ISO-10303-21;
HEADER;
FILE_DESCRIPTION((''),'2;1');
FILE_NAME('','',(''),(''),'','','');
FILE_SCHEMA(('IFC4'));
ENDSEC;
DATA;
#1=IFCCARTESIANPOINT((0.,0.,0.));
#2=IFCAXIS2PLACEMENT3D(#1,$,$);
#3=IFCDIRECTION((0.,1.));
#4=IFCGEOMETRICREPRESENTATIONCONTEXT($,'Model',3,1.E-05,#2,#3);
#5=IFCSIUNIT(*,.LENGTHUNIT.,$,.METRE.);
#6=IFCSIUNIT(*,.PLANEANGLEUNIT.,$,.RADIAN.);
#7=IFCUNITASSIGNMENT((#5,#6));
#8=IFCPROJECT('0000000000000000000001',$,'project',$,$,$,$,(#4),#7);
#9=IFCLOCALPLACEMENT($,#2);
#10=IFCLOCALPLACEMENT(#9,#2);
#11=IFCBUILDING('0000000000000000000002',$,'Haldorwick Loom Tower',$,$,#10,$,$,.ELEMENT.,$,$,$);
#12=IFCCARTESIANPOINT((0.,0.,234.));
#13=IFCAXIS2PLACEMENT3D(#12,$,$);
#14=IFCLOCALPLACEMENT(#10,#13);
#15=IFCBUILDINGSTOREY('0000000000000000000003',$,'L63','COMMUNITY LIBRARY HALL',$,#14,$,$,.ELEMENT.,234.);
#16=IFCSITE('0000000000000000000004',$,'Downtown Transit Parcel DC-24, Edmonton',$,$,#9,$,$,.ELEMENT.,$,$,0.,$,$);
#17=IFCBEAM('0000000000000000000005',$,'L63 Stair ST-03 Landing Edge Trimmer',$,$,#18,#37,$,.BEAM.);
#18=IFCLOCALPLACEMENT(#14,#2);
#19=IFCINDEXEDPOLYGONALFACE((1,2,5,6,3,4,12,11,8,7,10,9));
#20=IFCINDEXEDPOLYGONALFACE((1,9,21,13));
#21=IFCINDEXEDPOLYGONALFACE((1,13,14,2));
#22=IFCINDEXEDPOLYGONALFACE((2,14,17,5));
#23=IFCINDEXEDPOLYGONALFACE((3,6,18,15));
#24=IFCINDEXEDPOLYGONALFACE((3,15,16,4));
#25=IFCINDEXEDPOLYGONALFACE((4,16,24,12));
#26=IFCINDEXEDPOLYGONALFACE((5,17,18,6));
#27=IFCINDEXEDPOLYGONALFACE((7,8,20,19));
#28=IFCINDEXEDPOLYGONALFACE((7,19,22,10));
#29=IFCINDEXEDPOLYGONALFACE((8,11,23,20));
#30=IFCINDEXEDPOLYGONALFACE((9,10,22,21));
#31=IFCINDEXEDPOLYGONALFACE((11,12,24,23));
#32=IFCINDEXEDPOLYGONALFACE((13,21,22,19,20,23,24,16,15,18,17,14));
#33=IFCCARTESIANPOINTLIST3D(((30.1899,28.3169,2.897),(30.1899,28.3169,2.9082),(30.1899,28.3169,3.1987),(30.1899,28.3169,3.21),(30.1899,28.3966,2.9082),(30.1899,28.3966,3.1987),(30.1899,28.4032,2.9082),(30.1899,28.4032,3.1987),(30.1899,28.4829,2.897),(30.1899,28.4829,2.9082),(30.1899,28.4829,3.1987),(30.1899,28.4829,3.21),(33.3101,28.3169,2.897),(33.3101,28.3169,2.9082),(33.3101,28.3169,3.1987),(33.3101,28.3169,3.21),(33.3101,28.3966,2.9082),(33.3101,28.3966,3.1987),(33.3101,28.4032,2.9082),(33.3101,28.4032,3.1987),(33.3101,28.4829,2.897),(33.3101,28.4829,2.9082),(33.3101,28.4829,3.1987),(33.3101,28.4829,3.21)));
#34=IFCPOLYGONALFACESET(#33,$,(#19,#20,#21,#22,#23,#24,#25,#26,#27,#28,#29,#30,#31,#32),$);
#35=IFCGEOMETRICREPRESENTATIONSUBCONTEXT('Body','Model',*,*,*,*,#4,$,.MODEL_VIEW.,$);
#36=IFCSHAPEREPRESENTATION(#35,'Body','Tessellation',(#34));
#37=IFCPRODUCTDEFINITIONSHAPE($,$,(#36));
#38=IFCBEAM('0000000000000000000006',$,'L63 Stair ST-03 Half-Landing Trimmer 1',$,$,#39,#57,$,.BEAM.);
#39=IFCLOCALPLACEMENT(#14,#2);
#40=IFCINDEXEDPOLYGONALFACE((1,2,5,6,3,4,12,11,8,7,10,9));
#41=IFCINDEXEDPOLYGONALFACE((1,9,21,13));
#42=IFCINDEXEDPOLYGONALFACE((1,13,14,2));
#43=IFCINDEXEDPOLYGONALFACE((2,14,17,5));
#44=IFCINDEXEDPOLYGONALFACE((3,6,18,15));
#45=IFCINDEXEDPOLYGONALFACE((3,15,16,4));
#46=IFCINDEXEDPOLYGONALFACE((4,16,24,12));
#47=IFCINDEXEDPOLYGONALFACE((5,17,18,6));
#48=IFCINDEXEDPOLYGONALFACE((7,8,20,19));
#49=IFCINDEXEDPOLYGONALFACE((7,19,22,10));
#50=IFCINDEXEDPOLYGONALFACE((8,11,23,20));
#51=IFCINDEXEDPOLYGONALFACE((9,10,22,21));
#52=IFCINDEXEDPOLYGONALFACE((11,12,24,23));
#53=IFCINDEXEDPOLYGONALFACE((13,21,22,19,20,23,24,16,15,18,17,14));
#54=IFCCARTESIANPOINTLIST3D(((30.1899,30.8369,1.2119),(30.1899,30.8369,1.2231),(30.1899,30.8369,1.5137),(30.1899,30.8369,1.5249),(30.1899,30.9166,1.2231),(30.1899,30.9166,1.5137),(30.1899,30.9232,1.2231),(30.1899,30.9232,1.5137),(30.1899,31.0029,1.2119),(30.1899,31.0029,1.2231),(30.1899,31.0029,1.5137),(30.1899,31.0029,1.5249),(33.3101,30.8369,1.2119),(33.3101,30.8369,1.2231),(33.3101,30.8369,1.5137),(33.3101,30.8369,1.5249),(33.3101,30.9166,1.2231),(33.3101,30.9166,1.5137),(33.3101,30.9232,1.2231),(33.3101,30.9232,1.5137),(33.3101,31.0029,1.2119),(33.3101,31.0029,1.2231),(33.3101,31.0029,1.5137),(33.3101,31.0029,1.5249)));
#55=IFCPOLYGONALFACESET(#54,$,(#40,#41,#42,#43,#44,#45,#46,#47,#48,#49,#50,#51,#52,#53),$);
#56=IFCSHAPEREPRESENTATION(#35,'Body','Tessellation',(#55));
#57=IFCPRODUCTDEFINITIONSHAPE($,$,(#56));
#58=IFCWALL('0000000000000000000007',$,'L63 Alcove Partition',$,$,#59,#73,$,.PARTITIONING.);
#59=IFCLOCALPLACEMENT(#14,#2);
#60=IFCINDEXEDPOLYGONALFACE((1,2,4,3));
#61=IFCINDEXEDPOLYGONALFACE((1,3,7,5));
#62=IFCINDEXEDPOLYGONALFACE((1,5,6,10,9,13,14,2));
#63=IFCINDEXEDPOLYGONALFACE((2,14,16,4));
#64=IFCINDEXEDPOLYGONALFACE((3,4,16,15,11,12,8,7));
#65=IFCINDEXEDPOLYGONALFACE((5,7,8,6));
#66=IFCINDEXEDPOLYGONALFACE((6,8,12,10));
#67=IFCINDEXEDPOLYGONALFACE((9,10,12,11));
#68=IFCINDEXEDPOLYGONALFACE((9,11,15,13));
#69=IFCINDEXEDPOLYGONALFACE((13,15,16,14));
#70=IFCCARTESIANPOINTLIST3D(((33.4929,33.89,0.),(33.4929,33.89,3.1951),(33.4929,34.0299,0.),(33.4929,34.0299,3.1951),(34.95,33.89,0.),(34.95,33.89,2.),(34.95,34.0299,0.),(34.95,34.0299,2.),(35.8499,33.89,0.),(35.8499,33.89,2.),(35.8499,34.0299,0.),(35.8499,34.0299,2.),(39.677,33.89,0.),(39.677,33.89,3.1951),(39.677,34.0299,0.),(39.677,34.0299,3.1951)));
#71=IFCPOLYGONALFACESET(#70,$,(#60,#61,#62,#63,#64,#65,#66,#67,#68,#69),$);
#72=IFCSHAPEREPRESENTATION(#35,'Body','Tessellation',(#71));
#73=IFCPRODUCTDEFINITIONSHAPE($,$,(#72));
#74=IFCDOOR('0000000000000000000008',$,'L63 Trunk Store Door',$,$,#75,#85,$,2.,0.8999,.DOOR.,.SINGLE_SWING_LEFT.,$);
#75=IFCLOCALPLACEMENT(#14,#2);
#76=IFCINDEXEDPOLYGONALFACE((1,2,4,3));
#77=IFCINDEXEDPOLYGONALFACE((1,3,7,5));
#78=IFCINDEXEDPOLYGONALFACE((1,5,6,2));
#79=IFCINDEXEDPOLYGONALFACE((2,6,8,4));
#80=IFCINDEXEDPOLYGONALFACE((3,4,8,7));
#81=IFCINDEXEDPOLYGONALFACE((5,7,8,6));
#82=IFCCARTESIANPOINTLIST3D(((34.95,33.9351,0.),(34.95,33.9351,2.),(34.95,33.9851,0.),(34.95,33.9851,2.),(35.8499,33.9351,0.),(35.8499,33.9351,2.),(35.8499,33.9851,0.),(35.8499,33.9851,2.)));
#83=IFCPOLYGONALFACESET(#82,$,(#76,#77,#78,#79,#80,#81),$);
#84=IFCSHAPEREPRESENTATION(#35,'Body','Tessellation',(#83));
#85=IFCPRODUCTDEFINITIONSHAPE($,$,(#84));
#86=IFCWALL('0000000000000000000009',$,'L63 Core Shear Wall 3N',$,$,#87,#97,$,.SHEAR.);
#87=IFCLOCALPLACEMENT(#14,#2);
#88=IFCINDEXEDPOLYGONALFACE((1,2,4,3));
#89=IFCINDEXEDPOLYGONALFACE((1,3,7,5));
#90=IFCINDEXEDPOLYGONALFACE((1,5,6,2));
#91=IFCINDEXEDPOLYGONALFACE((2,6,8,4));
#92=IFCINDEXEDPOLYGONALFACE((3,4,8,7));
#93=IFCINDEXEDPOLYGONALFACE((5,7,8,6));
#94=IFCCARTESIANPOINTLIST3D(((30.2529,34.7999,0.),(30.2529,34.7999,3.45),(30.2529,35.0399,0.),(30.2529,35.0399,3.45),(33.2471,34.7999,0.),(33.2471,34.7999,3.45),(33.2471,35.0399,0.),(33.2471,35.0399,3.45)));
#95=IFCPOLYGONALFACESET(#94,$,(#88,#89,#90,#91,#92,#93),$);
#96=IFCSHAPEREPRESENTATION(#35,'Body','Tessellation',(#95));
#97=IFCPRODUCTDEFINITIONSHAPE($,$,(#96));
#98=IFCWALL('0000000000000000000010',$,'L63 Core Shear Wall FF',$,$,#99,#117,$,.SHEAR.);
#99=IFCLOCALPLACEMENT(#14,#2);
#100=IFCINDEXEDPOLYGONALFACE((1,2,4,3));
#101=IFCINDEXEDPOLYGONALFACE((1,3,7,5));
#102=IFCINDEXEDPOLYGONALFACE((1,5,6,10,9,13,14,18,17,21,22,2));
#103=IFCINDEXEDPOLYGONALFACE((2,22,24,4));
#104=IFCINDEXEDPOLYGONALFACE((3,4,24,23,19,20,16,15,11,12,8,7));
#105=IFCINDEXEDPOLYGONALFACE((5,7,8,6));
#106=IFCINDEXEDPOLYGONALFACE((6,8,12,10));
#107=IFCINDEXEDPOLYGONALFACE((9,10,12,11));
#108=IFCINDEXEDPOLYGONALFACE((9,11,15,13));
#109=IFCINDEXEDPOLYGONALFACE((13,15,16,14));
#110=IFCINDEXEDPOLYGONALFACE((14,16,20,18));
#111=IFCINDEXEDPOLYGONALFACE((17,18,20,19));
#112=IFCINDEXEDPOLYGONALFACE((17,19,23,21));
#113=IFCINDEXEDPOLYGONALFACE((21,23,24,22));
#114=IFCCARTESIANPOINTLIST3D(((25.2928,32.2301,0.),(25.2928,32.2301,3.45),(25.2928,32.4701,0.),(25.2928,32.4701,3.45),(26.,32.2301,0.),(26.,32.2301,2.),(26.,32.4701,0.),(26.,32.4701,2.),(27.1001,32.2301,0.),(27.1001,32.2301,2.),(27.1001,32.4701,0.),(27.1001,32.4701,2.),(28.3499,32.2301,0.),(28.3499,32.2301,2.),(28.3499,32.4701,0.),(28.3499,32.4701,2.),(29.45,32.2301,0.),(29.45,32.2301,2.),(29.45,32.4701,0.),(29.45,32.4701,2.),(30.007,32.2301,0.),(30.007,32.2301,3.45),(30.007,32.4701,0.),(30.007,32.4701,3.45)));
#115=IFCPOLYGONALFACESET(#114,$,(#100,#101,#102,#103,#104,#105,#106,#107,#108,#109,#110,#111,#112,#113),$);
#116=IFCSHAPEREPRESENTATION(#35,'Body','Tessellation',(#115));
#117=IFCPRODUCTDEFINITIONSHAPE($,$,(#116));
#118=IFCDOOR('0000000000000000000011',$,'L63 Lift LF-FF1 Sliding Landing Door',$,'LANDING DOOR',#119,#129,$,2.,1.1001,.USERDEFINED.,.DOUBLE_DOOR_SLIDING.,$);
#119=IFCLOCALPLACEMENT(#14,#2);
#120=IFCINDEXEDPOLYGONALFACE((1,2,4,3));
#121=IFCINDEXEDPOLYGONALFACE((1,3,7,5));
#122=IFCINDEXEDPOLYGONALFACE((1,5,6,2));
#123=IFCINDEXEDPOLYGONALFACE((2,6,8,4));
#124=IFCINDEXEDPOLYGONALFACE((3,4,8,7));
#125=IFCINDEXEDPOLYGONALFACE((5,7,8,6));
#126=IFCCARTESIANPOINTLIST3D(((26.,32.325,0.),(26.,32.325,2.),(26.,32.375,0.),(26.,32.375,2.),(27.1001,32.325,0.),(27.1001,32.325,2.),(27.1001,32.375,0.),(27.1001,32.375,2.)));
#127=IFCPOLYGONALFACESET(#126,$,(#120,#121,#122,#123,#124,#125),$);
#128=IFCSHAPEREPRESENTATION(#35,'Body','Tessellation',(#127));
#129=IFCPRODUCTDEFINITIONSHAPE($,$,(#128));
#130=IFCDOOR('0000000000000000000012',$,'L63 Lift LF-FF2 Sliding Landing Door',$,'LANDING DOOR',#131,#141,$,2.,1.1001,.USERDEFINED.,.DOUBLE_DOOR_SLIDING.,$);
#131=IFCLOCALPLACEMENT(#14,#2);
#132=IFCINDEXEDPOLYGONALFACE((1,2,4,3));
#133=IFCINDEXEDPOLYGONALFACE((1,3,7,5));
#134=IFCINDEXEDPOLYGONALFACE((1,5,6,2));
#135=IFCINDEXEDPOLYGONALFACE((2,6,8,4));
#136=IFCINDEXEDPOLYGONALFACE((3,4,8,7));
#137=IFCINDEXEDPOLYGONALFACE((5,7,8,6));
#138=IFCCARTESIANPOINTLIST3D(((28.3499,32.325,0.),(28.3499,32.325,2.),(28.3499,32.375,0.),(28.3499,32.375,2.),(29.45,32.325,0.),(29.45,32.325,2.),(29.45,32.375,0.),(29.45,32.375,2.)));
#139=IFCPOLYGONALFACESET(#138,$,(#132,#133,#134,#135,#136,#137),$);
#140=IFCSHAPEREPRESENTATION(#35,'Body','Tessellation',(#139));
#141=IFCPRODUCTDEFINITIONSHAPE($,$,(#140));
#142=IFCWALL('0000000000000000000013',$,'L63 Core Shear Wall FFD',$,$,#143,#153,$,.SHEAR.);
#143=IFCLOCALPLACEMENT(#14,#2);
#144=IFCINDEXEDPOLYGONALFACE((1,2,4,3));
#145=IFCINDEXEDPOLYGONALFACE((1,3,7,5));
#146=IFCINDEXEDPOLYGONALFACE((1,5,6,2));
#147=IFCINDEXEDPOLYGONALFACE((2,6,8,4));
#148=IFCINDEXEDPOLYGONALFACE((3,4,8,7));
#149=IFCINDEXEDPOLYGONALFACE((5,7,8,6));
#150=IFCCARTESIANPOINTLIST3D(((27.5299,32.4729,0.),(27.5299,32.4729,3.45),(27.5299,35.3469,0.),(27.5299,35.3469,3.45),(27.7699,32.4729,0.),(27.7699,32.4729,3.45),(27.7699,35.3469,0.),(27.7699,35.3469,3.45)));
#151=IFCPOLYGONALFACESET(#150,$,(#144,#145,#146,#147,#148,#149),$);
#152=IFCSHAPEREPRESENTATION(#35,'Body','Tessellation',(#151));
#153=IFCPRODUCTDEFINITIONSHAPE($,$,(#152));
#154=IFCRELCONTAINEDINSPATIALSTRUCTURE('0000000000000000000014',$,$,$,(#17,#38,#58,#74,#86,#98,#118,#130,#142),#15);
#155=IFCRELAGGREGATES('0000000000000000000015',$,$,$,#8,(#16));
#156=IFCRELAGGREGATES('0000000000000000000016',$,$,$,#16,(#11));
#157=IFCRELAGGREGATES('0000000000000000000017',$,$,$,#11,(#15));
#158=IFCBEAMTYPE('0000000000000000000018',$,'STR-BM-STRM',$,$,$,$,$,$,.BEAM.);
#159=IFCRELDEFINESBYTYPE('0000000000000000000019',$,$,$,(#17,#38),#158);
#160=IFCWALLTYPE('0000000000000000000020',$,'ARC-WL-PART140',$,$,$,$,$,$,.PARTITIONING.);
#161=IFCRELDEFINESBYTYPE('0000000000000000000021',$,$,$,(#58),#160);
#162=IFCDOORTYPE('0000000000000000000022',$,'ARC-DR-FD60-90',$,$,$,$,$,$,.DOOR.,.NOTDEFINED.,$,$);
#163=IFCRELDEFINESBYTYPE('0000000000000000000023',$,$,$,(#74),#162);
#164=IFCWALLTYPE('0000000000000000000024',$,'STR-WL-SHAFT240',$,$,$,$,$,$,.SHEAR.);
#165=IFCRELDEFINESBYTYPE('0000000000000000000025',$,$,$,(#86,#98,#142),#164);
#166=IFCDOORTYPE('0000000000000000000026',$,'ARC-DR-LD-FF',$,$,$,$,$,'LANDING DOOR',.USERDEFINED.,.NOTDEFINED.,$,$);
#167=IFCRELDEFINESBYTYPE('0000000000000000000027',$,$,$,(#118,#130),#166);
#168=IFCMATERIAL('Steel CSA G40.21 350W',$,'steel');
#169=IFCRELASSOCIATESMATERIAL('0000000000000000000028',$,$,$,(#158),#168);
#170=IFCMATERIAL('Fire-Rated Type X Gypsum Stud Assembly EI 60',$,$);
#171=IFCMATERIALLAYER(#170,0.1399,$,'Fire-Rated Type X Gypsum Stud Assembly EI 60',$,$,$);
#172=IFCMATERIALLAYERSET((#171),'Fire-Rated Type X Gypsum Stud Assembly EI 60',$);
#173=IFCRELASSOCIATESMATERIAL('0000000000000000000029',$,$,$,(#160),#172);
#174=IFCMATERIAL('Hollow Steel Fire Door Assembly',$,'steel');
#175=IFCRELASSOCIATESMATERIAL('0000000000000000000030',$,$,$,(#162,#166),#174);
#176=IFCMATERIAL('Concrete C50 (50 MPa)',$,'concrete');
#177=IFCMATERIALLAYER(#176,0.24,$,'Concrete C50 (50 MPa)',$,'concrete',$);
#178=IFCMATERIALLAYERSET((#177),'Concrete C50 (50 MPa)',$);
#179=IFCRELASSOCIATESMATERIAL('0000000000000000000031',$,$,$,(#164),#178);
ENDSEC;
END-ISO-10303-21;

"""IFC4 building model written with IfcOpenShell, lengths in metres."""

from ifc_helpers import new_model, si_unit, direction, frame, frame_2d, origin, origin_2d, place, context, subcontext, project, spatial, rectangle, i_section, extrude, material, layer, layer_set, material_profile, profile_set, type_object, element, fill, save


model = new_model("IFC4")

# Units and contexts
model_context = context("Model", 3, precision=1e-05, world=origin(), true_north=direction((0.0, 1.0)))
body_context = subcontext(model_context, "Body", "Model", "MODEL_VIEW")
ifc_project = project(units=[si_unit("LENGTHUNIT", "METRE"), si_unit("PLANEANGLEUNIT", "RADIAN")], contexts=[model_context])

# Site, building, storey
site_placement = place(None, origin())
site = spatial("IfcSite", under=ifc_project, at=site_placement, Name="Downtown Transit Parcel DC-24, Edmonton", CompositionType="ELEMENT", RefElevation=0.0)
building_placement = place(site_placement, origin())
building = spatial("IfcBuilding", under=site, at=building_placement, Name="Haldorwick Loom Tower", CompositionType="ELEMENT")
storey_placement = place(building_placement, frame((0.0, 0.0, 234.0)))
storey = spatial("IfcBuildingStorey", under=building, at=storey_placement, Name="L63", Description="COMMUNITY LIBRARY HALL", CompositionType="ELEMENT", Elevation=234.0)

# Beams
ifc_material_1 = material(Name="Steel CSA G40.21 350W", Category="steel")
ifc_material_profile = material_profile(ifc_material_1, i_section(OverallWidth=0.166, OverallDepth=0.313, WebThickness=0.0066, FlangeThickness=0.0112, at=origin_2d()), Name="W310X45", Category="steel")
ifc_profile_set = profile_set([ifc_material_profile], Name="Steel CSA G40.21 350W")
beam_type = type_object("IfcBeamType", Name="STR-BM-STRM", PredefinedType="BEAM", material=ifc_profile_set)
for number, where, z_axis, x_axis, name in (
    (1, (30.1899, 28.3999, 3.0535), (1.0, 0.0, 0.0), (0.0, 1.0, 0.0), "L63 Stair ST-03 Landing Edge Trimmer"),
    (2, (30.1899, 30.9199, 1.3684), (1.0, 0.0, 0.0), (0.0, 1.0, 0.0), "L63 Stair ST-03 Half-Landing Trimmer 1"),
):
    element("IfcBeam", number, at=place(storey_placement, frame(where, z_axis=z_axis, x_axis=x_axis)), inside=storey, type_object=beam_type, Name=name, PredefinedType="BEAM", context=body_context, shape_type="SweptSolid", body=[
        extrude(i_section(OverallWidth=0.166, OverallDepth=0.313, WebThickness=0.0066, FlangeThickness=0.0112, at=origin_2d()), origin(), (0.0, 0.0, 1.0), 3.1201),
    ])

# Wall, opening, door
ifc_material_2 = material(Name="Fire-Rated Type X Gypsum Stud Assembly EI 60")
ifc_layer_1 = layer(ifc_material_2, 0.1399, Name="Fire-Rated Type X Gypsum Stud Assembly EI 60")
ifc_layer_set_1 = layer_set([ifc_layer_1], Name="Fire-Rated Type X Gypsum Stud Assembly EI 60")
wall_type_1 = type_object("IfcWallType", Name="ARC-WL-PART140", PredefinedType="PARTITIONING", material=ifc_layer_set_1)
wall_1_placement = place(storey_placement, frame((33.4929, 33.96, 0.0), z_axis=(0.0, 0.0, 1.0), x_axis=(1.0, 0.0, 0.0)))
wall_1 = element("IfcWall", 3, at=wall_1_placement, inside=storey, type_object=wall_type_1, Name="L63 Alcove Partition", PredefinedType="PARTITIONING", context=body_context, shape_type="SweptSolid", body=[
    extrude(rectangle(XDim=6.1841, YDim=0.1399, at=frame_2d((3.092, 0.0))), origin(), (0.0, 0.0, 1.0), 3.1951),
])
opening_1_placement = place(wall_1_placement, frame((1.457, 0.0, 0.0)))
opening_1 = element("IfcOpeningElement", 4, at=opening_1_placement, cuts=wall_1, PredefinedType="OPENING", context=body_context, shape_type="SweptSolid", body=[
    extrude(rectangle(XDim=0.8999, YDim=2.0, at=frame_2d((0.45, 1.0))), frame((0.0, 0.0798, 0.0), z_axis=(0.0, -1.0, 0.0), x_axis=(1.0, 0.0, 0.0)), (0.0, 0.0, 1.0), 0.1599),
])
ifc_material_3 = material(Name="Hollow Steel Fire Door Assembly", Category="steel")
door_type_1 = type_object("IfcDoorType", Name="ARC-DR-FD60-90", OperationType="NOTDEFINED", PredefinedType="DOOR", material=ifc_material_3)
door_1_placement = place(opening_1_placement, frame((0.8999, 0.0, 0.0), z_axis=(0.0, 0.0, 1.0), x_axis=(-1.0, 0.0, 0.0)))
door_1 = element("IfcDoor", 5, at=door_1_placement, inside=storey, type_object=door_type_1, Name="L63 Trunk Store Door", OperationType="SINGLE_SWING_LEFT", OverallHeight=2.0, OverallWidth=0.8999, PredefinedType="DOOR", context=body_context, shape_type="SweptSolid", body=[
    extrude(rectangle(XDim=0.8999, YDim=2.0, at=frame_2d((0.45, 1.0))), frame((0.0, 0.0249, 0.0), z_axis=(0.0, -1.0, 0.0), x_axis=(1.0, 0.0, 0.0)), (0.0, 0.0, 1.0), 0.05),
])
fill(opening_1, door_1)

# Wall
ifc_material_4 = material(Name="Concrete C50 (50 MPa)", Category="concrete")
ifc_layer_2 = layer(ifc_material_4, 0.24, Name="Concrete C50 (50 MPa)", Category="concrete")
ifc_layer_set_2 = layer_set([ifc_layer_2], Name="Concrete C50 (50 MPa)")
wall_type_2 = type_object("IfcWallType", Name="STR-WL-SHAFT240", PredefinedType="SHEAR", material=ifc_layer_set_2)
wall_2_placement = place(storey_placement, frame((30.2529, 34.9199, 0.0), z_axis=(0.0, 0.0, 1.0), x_axis=(1.0, 0.0, 0.0)))
element("IfcWall", 6, at=wall_2_placement, inside=storey, type_object=wall_type_2, Name="L63 Core Shear Wall 3N", PredefinedType="SHEAR", context=body_context, shape_type="SweptSolid", body=[
    extrude(rectangle(XDim=2.9941, YDim=0.24, at=frame_2d((1.4971, 0.0))), origin(), (0.0, 0.0, 1.0), 3.45),
])

# Wall, openings, doors
wall_3_placement = place(storey_placement, frame((25.293, 32.3501, 0.0), z_axis=(0.0, 0.0, 1.0), x_axis=(1.0, 0.0, 0.0)))
wall_3 = element("IfcWall", 7, at=wall_3_placement, inside=storey, type_object=wall_type_2, Name="L63 Core Shear Wall FF", PredefinedType="SHEAR", context=body_context, shape_type="SweptSolid", body=[
    extrude(rectangle(XDim=4.7141, YDim=0.24, at=frame_2d((2.3569, 0.0))), origin(), (0.0, 0.0, 1.0), 3.45),
])
opening_2_placement = place(wall_3_placement, frame((0.707, 0.0, 0.0)))
opening_2 = element("IfcOpeningElement", 8, at=opening_2_placement, cuts=wall_3, PredefinedType="OPENING", context=body_context, shape_type="SweptSolid", body=[
    extrude(rectangle(XDim=1.1001, YDim=2.0, at=frame_2d((0.55, 1.0))), frame((0.0, 0.1299, 0.0), z_axis=(0.0, -1.0, 0.0), x_axis=(1.0, 0.0, 0.0)), (0.0, 0.0, 1.0), 0.26),
])
opening_3_placement = place(wall_3_placement, frame((3.0569, 0.0, 0.0)))
opening_3 = element("IfcOpeningElement", 9, at=opening_3_placement, cuts=wall_3, PredefinedType="OPENING", context=body_context, shape_type="SweptSolid", body=[
    extrude(rectangle(XDim=1.1001, YDim=2.0, at=frame_2d((0.55, 1.0))), frame((0.0, 0.1299, 0.0), z_axis=(0.0, -1.0, 0.0), x_axis=(1.0, 0.0, 0.0)), (0.0, 0.0, 1.0), 0.26),
])
door_type_2 = type_object("IfcDoorType", Name="ARC-DR-LD-FF", ElementType="LANDING DOOR", OperationType="NOTDEFINED", PredefinedType="USERDEFINED", material=ifc_material_3)
door_2_placement = place(opening_2_placement, origin())
door_2 = element("IfcDoor", 10, at=door_2_placement, inside=storey, type_object=door_type_2, Name="L63 Lift LF-FF1 Sliding Landing Door", ObjectType="LANDING DOOR", OperationType="DOUBLE_DOOR_SLIDING", OverallHeight=2.0, OverallWidth=1.1001, PredefinedType="USERDEFINED", context=body_context, shape_type="SweptSolid", body=[
    extrude(rectangle(XDim=1.1001, YDim=2.0, at=frame_2d((0.55, 1.0))), frame((0.0, 0.0249, 0.0), z_axis=(0.0, -1.0, 0.0), x_axis=(1.0, 0.0, 0.0)), (0.0, 0.0, 1.0), 0.05),
])
fill(opening_2, door_2)
door_3_placement = place(opening_3_placement, origin())
door_3 = element("IfcDoor", 11, at=door_3_placement, inside=storey, type_object=door_type_2, Name="L63 Lift LF-FF2 Sliding Landing Door", ObjectType="LANDING DOOR", OperationType="DOUBLE_DOOR_SLIDING", OverallHeight=2.0, OverallWidth=1.1001, PredefinedType="USERDEFINED", context=body_context, shape_type="SweptSolid", body=[
    extrude(rectangle(XDim=1.1001, YDim=2.0, at=frame_2d((0.55, 1.0))), frame((0.0, 0.0249, 0.0), z_axis=(0.0, -1.0, 0.0), x_axis=(1.0, 0.0, 0.0)), (0.0, 0.0, 1.0), 0.05),
])
fill(opening_3, door_3)

# Wall
wall_4_placement = place(storey_placement, frame((27.6499, 32.4729, 0.0), z_axis=(0.0, 0.0, 1.0), x_axis=(0.0, 1.0, 0.0)))
element("IfcWall", 12, at=wall_4_placement, inside=storey, type_object=wall_type_2, Name="L63 Core Shear Wall FFD", PredefinedType="SHEAR", context=body_context, shape_type="SweptSolid", body=[
    extrude(rectangle(XDim=2.874, YDim=0.24, at=frame_2d((1.437, 0.0))), origin(), (0.0, 0.0, 1.0), 3.45),
])

save(model, "model.ifc")
